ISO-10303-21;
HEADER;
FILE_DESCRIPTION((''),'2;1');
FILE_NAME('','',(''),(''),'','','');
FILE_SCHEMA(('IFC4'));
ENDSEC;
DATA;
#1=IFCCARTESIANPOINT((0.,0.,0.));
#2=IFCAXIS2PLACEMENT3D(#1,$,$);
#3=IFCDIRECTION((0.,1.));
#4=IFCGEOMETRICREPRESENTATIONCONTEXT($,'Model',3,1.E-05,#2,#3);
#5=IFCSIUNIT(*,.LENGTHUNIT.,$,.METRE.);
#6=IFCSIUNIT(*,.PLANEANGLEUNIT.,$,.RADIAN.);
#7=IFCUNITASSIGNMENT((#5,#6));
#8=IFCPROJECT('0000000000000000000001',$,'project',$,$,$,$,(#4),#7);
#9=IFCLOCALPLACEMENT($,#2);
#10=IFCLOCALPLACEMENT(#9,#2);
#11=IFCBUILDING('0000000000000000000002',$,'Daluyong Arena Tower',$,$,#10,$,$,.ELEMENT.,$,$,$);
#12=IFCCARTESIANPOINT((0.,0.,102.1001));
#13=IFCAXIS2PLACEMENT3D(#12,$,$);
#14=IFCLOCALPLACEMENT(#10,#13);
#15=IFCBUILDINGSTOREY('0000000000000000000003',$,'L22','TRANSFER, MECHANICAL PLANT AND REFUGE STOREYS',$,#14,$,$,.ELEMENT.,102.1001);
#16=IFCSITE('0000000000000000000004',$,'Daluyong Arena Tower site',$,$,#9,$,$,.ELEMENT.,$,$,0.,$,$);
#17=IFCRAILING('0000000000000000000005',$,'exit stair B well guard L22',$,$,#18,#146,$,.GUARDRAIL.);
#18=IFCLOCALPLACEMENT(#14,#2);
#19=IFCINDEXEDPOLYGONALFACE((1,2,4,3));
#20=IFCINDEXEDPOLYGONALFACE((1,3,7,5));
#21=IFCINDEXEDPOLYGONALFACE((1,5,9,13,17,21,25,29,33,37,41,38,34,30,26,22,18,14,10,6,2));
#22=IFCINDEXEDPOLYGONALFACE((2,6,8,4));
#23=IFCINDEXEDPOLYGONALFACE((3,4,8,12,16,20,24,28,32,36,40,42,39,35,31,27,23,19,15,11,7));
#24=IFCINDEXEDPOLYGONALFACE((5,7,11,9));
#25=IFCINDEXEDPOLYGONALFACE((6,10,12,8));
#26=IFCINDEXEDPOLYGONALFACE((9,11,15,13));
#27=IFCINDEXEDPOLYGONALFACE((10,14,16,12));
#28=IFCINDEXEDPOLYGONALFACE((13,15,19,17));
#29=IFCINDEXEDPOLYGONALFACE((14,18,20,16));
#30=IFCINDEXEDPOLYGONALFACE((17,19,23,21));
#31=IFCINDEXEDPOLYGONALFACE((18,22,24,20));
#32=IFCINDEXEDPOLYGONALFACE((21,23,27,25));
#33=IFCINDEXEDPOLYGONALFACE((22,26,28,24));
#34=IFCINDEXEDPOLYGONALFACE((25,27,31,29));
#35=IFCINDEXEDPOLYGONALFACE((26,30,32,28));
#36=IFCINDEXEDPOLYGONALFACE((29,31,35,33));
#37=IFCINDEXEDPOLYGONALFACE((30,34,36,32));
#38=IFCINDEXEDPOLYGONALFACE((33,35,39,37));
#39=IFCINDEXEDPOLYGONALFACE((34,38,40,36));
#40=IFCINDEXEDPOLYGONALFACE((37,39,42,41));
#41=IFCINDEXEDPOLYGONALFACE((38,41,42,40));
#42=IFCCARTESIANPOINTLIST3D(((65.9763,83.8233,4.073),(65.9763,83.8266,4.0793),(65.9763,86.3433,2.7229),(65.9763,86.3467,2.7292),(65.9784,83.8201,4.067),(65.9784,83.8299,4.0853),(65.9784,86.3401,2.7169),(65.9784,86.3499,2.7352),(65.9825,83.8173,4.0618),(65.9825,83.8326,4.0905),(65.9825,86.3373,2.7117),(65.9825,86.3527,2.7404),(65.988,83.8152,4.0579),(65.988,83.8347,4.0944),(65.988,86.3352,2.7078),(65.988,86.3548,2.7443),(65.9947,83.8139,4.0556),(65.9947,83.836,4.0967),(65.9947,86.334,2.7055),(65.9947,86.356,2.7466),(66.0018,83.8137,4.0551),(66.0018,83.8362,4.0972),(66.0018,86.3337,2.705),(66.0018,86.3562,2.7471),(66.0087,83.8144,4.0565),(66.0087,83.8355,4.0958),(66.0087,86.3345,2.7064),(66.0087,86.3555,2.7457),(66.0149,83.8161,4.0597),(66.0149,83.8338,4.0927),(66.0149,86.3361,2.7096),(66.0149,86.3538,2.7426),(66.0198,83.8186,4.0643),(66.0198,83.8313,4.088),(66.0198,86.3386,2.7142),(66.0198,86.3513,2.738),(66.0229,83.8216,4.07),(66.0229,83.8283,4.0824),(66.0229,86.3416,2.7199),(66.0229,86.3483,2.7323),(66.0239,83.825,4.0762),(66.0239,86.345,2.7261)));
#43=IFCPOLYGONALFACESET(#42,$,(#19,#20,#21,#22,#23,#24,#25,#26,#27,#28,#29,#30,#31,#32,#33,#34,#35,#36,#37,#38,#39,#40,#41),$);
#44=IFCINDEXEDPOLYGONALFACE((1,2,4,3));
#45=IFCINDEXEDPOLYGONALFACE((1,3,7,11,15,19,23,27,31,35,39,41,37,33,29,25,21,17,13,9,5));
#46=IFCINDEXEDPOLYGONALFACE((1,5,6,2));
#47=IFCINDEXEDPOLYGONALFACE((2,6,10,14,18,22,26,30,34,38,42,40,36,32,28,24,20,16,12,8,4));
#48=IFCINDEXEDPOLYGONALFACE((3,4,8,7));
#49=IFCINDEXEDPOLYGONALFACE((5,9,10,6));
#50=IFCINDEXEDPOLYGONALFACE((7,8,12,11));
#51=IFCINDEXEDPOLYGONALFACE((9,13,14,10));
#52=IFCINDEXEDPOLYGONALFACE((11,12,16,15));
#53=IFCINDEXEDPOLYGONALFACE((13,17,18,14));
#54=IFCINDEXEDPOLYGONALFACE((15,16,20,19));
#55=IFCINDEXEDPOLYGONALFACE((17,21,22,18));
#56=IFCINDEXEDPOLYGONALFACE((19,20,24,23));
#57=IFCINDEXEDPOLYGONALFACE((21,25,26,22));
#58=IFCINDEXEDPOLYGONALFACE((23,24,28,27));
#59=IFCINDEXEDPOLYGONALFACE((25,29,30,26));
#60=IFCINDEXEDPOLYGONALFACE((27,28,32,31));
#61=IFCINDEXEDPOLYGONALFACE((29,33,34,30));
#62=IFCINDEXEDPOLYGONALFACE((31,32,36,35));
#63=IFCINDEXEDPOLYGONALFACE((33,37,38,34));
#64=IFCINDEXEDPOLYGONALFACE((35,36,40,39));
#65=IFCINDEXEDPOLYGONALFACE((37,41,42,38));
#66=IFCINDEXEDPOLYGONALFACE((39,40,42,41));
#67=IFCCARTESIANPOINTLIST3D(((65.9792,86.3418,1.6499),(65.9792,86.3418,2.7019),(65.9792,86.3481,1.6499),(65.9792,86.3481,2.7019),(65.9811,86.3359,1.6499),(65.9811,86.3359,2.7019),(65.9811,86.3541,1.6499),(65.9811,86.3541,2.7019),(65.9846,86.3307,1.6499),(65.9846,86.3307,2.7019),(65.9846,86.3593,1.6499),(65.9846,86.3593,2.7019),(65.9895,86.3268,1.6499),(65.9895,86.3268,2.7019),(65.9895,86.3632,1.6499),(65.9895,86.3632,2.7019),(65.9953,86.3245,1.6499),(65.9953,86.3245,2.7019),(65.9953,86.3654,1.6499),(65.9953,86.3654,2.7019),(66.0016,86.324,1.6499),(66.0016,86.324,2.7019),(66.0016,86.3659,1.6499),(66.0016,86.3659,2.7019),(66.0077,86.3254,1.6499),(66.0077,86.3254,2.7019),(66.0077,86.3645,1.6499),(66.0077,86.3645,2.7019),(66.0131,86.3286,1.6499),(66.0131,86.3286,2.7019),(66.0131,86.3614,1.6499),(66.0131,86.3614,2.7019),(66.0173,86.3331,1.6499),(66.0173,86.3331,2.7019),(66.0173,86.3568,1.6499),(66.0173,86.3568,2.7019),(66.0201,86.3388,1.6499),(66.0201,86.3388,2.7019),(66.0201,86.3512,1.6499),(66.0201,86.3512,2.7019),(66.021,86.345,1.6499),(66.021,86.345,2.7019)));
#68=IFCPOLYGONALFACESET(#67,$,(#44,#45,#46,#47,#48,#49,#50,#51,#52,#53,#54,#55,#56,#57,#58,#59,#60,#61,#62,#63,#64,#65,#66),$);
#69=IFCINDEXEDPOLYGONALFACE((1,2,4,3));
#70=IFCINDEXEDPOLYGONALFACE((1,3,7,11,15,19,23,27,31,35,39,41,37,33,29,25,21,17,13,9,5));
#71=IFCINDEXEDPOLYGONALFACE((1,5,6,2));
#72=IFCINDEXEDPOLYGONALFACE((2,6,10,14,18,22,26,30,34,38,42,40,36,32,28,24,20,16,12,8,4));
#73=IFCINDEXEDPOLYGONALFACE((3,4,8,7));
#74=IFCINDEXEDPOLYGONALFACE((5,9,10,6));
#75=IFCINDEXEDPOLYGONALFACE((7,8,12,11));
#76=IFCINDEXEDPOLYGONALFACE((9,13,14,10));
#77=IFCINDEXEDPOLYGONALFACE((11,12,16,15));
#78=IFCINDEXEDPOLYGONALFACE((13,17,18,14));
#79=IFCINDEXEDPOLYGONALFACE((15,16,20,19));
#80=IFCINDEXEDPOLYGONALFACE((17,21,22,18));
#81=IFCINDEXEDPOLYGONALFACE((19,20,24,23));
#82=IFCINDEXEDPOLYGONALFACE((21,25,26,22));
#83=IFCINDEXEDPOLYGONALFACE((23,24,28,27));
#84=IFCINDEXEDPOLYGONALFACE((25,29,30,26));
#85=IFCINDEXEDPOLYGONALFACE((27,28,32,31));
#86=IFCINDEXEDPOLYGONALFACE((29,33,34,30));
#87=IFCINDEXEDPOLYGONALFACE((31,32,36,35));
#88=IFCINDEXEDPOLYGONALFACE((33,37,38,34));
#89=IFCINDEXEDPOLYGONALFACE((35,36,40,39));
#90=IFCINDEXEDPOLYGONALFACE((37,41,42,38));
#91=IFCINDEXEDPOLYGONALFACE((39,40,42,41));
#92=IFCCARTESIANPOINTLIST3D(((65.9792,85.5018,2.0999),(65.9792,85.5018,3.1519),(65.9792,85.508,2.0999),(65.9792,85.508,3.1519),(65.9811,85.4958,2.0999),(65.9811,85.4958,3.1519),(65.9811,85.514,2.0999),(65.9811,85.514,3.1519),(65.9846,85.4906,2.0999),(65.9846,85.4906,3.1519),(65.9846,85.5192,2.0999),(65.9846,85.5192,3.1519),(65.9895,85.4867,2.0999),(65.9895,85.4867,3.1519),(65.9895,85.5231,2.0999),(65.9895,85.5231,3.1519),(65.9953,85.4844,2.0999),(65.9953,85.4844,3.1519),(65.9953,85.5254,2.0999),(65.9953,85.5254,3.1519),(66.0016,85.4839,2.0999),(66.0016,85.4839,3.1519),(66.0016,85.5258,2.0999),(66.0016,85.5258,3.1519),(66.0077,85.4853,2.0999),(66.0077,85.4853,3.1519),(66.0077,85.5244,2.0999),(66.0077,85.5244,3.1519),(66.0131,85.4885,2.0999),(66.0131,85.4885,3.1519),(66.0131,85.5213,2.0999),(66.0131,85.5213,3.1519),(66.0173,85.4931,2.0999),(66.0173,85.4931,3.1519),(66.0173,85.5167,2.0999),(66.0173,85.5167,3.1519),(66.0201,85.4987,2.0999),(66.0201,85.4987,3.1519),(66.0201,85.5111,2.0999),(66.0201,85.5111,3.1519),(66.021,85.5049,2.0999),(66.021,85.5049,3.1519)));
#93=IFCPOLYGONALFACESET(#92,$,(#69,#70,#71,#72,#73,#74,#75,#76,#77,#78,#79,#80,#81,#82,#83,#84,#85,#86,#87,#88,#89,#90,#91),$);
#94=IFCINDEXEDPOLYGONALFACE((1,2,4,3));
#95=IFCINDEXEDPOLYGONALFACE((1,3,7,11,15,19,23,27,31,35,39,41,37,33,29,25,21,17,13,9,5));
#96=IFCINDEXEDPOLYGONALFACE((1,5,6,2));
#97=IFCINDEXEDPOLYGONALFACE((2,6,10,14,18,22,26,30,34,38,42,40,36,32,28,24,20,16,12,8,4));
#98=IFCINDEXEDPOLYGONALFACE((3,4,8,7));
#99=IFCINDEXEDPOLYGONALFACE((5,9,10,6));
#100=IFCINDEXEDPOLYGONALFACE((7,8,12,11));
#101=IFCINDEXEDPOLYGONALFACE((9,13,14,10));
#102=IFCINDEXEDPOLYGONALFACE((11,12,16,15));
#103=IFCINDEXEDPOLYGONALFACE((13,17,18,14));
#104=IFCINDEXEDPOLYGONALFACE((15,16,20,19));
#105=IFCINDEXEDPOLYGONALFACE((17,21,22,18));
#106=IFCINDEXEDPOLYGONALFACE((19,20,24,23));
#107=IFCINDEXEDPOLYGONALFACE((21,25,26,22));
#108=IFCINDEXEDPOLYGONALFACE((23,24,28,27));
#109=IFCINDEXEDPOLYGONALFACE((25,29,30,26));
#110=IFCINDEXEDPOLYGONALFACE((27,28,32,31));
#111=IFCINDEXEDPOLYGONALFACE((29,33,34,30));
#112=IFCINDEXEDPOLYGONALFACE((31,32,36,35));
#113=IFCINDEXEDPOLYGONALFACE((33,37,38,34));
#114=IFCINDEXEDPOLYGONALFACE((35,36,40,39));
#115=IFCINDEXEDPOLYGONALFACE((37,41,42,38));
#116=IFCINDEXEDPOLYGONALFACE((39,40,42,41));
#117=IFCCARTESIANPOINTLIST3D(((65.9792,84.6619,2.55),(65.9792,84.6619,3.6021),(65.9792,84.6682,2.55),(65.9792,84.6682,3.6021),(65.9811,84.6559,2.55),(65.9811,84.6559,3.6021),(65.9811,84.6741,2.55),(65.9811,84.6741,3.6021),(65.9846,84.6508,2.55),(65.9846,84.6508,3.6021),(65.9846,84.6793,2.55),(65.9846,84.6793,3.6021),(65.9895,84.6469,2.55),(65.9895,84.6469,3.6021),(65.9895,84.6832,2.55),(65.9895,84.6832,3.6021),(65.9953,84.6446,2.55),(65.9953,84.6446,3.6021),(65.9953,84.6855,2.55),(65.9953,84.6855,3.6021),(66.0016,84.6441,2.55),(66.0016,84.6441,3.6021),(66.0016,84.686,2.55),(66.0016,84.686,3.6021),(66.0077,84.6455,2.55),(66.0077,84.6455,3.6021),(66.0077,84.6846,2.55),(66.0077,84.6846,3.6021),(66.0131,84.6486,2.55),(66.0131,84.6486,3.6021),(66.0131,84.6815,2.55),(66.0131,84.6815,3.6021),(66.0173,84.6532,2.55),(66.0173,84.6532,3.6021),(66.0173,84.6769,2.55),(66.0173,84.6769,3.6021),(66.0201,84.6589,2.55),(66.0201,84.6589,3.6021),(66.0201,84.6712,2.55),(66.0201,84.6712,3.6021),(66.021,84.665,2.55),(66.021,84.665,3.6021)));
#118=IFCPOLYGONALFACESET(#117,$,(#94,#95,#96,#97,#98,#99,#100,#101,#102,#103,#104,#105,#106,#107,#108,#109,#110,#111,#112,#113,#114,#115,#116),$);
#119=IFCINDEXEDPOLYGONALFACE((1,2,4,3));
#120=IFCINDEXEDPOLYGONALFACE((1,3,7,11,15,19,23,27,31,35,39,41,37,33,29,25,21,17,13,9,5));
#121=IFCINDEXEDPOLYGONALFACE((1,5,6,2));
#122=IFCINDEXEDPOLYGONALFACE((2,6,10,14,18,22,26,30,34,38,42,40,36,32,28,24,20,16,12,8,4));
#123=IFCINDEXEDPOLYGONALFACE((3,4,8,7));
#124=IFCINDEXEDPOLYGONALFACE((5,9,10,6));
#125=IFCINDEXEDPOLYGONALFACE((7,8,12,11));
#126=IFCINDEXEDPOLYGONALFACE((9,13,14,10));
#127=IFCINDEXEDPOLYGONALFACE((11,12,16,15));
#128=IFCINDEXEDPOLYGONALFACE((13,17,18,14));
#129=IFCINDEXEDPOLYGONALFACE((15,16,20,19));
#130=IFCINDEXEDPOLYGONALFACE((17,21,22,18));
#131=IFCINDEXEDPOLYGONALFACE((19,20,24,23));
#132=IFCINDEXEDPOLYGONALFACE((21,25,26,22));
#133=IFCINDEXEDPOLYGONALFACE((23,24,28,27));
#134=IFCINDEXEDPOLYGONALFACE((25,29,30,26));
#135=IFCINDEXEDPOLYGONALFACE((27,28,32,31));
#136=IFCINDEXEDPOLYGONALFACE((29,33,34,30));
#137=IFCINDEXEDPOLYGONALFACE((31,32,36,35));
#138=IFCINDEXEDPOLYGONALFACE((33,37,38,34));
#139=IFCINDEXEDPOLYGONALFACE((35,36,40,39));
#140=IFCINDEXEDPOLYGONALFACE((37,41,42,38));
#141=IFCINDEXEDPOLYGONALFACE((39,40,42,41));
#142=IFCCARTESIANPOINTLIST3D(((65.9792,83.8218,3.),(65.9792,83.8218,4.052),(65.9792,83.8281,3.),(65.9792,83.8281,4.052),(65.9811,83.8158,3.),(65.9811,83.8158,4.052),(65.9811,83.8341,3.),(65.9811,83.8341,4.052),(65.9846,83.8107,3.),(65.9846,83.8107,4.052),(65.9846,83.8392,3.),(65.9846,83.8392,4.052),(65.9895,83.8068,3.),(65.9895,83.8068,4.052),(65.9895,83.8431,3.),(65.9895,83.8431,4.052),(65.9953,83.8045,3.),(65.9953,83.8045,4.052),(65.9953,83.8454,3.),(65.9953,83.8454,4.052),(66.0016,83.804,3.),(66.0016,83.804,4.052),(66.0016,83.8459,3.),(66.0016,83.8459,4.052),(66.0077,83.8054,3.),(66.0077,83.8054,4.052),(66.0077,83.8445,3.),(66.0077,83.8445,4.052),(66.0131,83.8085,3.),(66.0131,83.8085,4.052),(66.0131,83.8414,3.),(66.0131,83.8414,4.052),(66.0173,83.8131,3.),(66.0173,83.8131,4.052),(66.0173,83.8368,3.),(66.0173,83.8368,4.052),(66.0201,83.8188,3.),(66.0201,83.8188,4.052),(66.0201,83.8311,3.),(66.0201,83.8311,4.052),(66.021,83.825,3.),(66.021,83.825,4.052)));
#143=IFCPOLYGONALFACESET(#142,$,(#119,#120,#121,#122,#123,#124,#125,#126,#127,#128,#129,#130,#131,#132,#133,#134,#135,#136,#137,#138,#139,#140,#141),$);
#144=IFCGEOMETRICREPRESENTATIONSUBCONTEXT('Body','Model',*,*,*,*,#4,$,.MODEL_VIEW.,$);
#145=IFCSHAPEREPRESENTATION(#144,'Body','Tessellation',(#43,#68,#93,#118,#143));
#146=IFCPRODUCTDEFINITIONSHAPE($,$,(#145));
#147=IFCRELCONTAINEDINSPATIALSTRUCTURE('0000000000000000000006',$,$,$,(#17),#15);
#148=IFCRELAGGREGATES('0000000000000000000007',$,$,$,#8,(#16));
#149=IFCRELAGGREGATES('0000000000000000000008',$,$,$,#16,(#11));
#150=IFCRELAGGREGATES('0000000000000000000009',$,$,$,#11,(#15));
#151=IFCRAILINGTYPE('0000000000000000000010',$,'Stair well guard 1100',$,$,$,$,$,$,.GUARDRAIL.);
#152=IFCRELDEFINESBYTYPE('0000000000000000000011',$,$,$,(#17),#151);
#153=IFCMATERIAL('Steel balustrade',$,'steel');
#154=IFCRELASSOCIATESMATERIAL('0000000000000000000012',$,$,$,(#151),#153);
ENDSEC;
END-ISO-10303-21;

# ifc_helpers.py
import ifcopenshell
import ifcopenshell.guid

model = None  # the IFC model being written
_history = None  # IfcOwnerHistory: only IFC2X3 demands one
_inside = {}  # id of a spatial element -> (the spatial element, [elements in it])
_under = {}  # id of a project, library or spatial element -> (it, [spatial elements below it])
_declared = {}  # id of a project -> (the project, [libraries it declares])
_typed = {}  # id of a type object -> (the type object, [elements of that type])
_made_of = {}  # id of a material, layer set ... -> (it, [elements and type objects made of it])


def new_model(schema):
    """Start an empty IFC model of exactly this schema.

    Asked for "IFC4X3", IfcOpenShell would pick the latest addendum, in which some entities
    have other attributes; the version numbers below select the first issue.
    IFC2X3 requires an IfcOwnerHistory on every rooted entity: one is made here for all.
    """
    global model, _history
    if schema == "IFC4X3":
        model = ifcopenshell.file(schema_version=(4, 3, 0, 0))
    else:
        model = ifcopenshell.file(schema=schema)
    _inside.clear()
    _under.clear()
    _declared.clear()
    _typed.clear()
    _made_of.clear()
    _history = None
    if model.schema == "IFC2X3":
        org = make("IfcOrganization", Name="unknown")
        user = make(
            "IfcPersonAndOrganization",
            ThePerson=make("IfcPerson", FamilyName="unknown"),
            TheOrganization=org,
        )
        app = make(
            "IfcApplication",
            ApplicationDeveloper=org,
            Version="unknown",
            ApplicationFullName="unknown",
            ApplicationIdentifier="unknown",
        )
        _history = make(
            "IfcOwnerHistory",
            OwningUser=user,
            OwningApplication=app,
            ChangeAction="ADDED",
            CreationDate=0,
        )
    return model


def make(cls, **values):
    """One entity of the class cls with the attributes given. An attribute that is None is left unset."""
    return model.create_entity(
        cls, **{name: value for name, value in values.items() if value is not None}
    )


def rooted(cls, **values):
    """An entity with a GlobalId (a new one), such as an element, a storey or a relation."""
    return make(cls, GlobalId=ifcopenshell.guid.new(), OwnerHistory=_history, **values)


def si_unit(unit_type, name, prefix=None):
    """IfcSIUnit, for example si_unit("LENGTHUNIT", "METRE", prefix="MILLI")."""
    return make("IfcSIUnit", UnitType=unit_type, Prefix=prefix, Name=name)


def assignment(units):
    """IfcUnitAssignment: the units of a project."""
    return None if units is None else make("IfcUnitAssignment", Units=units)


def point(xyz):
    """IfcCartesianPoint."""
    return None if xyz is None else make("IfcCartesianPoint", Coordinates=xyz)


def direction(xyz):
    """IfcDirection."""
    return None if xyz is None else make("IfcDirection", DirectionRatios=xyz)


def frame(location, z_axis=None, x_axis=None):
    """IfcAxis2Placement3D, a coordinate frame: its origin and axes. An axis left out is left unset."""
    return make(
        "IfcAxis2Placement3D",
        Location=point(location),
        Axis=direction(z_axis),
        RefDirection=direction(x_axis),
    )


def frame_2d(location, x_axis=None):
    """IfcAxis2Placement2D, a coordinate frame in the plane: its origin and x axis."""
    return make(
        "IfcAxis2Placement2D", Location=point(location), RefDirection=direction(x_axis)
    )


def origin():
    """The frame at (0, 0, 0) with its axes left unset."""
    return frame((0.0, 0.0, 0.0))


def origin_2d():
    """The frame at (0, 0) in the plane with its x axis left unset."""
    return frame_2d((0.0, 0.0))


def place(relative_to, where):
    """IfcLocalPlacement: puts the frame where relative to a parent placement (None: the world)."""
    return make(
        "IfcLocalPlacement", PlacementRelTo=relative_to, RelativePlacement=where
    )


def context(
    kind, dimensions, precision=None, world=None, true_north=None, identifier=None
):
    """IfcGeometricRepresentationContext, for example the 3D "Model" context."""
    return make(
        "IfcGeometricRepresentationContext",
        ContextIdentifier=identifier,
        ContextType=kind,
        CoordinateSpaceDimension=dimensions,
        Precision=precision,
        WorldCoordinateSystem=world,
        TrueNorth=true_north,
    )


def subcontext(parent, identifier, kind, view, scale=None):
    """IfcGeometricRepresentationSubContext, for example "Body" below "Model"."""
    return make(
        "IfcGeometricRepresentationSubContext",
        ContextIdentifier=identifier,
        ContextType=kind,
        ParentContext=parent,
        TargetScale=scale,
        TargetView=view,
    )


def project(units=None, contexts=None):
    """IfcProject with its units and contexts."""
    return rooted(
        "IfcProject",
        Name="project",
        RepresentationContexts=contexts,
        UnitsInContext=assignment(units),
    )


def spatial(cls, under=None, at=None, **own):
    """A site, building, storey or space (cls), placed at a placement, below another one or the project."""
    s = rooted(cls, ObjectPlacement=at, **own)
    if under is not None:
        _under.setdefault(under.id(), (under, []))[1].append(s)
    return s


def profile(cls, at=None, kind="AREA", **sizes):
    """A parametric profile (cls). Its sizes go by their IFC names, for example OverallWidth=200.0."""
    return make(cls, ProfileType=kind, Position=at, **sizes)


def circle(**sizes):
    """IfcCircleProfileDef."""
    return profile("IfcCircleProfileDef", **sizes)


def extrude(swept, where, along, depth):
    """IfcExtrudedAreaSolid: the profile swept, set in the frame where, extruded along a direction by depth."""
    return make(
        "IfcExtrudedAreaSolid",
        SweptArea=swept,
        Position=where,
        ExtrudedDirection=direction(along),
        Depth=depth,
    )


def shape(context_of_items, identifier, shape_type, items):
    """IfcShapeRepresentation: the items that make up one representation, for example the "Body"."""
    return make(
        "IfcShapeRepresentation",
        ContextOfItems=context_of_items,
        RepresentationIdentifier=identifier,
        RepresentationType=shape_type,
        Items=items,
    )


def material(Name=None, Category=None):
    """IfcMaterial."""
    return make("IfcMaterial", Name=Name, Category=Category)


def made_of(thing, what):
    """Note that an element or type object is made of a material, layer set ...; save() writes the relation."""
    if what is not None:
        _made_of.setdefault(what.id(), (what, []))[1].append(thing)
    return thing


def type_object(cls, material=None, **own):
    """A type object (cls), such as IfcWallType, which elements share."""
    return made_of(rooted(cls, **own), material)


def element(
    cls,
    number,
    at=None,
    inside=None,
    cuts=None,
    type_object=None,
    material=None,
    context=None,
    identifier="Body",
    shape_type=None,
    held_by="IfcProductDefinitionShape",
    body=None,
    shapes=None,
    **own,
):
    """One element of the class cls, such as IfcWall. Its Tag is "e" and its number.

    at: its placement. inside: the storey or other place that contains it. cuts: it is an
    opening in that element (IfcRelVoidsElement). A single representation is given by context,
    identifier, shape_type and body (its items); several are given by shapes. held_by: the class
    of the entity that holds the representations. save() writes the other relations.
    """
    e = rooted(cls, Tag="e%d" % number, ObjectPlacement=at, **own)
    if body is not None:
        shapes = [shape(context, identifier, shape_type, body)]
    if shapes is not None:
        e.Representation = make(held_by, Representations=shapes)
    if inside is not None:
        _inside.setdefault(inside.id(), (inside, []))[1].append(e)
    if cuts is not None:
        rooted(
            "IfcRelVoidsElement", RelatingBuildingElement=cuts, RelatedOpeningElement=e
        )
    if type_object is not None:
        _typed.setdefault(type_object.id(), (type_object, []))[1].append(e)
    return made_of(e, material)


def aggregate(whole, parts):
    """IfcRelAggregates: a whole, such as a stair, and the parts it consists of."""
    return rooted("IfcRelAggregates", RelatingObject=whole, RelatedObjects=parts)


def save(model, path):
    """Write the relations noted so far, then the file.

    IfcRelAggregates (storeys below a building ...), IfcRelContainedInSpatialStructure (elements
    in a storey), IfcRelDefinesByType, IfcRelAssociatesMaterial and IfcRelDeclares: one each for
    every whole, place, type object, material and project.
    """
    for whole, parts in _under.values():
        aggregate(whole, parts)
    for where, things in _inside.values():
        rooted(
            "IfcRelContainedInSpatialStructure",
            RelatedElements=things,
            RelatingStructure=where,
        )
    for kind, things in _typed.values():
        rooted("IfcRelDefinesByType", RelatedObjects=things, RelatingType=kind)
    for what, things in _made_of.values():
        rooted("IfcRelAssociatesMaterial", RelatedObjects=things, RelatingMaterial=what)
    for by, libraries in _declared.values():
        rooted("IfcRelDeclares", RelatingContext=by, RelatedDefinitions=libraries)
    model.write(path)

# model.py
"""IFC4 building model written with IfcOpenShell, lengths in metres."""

from ifc_helpers import new_model, si_unit, direction, frame, origin, origin_2d, place, context, subcontext, project, spatial, circle, extrude, material, type_object, element, save


model = new_model("IFC4")

# Units and contexts
model_context = context("Model", 3, precision=1e-05, world=origin(), true_north=direction((0.0, 1.0)))
body_context = subcontext(model_context, "Body", "Model", "MODEL_VIEW")
ifc_project = project(units=[si_unit("LENGTHUNIT", "METRE"), si_unit("PLANEANGLEUNIT", "RADIAN")], contexts=[model_context])

# Site, building, storey
site_placement = place(None, origin())
site = spatial("IfcSite", under=ifc_project, at=site_placement, Name="Daluyong Arena Tower site", CompositionType="ELEMENT", RefElevation=0.0)
building_placement = place(site_placement, origin())
building = spatial("IfcBuilding", under=site, at=building_placement, Name="Daluyong Arena Tower", CompositionType="ELEMENT")
storey_placement = place(building_placement, frame((0.0, 0.0, 102.1001)))
storey = spatial("IfcBuildingStorey", under=building, at=storey_placement, Name="L22", Description="TRANSFER, MECHANICAL PLANT AND REFUGE STOREYS", CompositionType="ELEMENT", Elevation=102.1001)

# Railing
ifc_material_1 = material(Name="Steel balustrade", Category="steel")
railing_type_1 = type_object("IfcRailingType", Name="Stair well guard 1100", PredefinedType="GUARDRAIL", material=ifc_material_1)
for number, where, name in (
    (1, (66.0, 86.345, 1.6499), "exit stair B well guard L22"),
):
    element("IfcRailing", number, at=place(storey_placement, frame(where)), inside=storey, type_object=railing_type_1, Name=name, PredefinedType="GUARDRAIL", context=body_context, shape_type="SweptSolid", body=[
        extrude(circle(Radius=0.0239, at=origin_2d()), frame((0.0, 0.0, 1.0762), z_axis=(0.0, -0.881467, 0.472245), x_axis=(1.0, 0.0, 0.0)), (0.0, 0.0, 1.0), 2.8589),
        extrude(circle(Radius=0.021, at=origin_2d()), origin(), (0.0, 0.0, 1.0), 1.052),
        extrude(circle(Radius=0.021, at=origin_2d()), frame((0.0, -0.8401, 0.45)), (0.0, 0.0, 1.0), 1.052),
        extrude(circle(Radius=0.021, at=origin_2d()), frame((0.0, -1.6799, 0.9001)), (0.0, 0.0, 1.0), 1.052),
        extrude(circle(Radius=0.021, at=origin_2d()), frame((0.0, -2.52, 1.3501)), (0.0, 0.0, 1.0), 1.052),
    ])

save(model, "model.ifc")
